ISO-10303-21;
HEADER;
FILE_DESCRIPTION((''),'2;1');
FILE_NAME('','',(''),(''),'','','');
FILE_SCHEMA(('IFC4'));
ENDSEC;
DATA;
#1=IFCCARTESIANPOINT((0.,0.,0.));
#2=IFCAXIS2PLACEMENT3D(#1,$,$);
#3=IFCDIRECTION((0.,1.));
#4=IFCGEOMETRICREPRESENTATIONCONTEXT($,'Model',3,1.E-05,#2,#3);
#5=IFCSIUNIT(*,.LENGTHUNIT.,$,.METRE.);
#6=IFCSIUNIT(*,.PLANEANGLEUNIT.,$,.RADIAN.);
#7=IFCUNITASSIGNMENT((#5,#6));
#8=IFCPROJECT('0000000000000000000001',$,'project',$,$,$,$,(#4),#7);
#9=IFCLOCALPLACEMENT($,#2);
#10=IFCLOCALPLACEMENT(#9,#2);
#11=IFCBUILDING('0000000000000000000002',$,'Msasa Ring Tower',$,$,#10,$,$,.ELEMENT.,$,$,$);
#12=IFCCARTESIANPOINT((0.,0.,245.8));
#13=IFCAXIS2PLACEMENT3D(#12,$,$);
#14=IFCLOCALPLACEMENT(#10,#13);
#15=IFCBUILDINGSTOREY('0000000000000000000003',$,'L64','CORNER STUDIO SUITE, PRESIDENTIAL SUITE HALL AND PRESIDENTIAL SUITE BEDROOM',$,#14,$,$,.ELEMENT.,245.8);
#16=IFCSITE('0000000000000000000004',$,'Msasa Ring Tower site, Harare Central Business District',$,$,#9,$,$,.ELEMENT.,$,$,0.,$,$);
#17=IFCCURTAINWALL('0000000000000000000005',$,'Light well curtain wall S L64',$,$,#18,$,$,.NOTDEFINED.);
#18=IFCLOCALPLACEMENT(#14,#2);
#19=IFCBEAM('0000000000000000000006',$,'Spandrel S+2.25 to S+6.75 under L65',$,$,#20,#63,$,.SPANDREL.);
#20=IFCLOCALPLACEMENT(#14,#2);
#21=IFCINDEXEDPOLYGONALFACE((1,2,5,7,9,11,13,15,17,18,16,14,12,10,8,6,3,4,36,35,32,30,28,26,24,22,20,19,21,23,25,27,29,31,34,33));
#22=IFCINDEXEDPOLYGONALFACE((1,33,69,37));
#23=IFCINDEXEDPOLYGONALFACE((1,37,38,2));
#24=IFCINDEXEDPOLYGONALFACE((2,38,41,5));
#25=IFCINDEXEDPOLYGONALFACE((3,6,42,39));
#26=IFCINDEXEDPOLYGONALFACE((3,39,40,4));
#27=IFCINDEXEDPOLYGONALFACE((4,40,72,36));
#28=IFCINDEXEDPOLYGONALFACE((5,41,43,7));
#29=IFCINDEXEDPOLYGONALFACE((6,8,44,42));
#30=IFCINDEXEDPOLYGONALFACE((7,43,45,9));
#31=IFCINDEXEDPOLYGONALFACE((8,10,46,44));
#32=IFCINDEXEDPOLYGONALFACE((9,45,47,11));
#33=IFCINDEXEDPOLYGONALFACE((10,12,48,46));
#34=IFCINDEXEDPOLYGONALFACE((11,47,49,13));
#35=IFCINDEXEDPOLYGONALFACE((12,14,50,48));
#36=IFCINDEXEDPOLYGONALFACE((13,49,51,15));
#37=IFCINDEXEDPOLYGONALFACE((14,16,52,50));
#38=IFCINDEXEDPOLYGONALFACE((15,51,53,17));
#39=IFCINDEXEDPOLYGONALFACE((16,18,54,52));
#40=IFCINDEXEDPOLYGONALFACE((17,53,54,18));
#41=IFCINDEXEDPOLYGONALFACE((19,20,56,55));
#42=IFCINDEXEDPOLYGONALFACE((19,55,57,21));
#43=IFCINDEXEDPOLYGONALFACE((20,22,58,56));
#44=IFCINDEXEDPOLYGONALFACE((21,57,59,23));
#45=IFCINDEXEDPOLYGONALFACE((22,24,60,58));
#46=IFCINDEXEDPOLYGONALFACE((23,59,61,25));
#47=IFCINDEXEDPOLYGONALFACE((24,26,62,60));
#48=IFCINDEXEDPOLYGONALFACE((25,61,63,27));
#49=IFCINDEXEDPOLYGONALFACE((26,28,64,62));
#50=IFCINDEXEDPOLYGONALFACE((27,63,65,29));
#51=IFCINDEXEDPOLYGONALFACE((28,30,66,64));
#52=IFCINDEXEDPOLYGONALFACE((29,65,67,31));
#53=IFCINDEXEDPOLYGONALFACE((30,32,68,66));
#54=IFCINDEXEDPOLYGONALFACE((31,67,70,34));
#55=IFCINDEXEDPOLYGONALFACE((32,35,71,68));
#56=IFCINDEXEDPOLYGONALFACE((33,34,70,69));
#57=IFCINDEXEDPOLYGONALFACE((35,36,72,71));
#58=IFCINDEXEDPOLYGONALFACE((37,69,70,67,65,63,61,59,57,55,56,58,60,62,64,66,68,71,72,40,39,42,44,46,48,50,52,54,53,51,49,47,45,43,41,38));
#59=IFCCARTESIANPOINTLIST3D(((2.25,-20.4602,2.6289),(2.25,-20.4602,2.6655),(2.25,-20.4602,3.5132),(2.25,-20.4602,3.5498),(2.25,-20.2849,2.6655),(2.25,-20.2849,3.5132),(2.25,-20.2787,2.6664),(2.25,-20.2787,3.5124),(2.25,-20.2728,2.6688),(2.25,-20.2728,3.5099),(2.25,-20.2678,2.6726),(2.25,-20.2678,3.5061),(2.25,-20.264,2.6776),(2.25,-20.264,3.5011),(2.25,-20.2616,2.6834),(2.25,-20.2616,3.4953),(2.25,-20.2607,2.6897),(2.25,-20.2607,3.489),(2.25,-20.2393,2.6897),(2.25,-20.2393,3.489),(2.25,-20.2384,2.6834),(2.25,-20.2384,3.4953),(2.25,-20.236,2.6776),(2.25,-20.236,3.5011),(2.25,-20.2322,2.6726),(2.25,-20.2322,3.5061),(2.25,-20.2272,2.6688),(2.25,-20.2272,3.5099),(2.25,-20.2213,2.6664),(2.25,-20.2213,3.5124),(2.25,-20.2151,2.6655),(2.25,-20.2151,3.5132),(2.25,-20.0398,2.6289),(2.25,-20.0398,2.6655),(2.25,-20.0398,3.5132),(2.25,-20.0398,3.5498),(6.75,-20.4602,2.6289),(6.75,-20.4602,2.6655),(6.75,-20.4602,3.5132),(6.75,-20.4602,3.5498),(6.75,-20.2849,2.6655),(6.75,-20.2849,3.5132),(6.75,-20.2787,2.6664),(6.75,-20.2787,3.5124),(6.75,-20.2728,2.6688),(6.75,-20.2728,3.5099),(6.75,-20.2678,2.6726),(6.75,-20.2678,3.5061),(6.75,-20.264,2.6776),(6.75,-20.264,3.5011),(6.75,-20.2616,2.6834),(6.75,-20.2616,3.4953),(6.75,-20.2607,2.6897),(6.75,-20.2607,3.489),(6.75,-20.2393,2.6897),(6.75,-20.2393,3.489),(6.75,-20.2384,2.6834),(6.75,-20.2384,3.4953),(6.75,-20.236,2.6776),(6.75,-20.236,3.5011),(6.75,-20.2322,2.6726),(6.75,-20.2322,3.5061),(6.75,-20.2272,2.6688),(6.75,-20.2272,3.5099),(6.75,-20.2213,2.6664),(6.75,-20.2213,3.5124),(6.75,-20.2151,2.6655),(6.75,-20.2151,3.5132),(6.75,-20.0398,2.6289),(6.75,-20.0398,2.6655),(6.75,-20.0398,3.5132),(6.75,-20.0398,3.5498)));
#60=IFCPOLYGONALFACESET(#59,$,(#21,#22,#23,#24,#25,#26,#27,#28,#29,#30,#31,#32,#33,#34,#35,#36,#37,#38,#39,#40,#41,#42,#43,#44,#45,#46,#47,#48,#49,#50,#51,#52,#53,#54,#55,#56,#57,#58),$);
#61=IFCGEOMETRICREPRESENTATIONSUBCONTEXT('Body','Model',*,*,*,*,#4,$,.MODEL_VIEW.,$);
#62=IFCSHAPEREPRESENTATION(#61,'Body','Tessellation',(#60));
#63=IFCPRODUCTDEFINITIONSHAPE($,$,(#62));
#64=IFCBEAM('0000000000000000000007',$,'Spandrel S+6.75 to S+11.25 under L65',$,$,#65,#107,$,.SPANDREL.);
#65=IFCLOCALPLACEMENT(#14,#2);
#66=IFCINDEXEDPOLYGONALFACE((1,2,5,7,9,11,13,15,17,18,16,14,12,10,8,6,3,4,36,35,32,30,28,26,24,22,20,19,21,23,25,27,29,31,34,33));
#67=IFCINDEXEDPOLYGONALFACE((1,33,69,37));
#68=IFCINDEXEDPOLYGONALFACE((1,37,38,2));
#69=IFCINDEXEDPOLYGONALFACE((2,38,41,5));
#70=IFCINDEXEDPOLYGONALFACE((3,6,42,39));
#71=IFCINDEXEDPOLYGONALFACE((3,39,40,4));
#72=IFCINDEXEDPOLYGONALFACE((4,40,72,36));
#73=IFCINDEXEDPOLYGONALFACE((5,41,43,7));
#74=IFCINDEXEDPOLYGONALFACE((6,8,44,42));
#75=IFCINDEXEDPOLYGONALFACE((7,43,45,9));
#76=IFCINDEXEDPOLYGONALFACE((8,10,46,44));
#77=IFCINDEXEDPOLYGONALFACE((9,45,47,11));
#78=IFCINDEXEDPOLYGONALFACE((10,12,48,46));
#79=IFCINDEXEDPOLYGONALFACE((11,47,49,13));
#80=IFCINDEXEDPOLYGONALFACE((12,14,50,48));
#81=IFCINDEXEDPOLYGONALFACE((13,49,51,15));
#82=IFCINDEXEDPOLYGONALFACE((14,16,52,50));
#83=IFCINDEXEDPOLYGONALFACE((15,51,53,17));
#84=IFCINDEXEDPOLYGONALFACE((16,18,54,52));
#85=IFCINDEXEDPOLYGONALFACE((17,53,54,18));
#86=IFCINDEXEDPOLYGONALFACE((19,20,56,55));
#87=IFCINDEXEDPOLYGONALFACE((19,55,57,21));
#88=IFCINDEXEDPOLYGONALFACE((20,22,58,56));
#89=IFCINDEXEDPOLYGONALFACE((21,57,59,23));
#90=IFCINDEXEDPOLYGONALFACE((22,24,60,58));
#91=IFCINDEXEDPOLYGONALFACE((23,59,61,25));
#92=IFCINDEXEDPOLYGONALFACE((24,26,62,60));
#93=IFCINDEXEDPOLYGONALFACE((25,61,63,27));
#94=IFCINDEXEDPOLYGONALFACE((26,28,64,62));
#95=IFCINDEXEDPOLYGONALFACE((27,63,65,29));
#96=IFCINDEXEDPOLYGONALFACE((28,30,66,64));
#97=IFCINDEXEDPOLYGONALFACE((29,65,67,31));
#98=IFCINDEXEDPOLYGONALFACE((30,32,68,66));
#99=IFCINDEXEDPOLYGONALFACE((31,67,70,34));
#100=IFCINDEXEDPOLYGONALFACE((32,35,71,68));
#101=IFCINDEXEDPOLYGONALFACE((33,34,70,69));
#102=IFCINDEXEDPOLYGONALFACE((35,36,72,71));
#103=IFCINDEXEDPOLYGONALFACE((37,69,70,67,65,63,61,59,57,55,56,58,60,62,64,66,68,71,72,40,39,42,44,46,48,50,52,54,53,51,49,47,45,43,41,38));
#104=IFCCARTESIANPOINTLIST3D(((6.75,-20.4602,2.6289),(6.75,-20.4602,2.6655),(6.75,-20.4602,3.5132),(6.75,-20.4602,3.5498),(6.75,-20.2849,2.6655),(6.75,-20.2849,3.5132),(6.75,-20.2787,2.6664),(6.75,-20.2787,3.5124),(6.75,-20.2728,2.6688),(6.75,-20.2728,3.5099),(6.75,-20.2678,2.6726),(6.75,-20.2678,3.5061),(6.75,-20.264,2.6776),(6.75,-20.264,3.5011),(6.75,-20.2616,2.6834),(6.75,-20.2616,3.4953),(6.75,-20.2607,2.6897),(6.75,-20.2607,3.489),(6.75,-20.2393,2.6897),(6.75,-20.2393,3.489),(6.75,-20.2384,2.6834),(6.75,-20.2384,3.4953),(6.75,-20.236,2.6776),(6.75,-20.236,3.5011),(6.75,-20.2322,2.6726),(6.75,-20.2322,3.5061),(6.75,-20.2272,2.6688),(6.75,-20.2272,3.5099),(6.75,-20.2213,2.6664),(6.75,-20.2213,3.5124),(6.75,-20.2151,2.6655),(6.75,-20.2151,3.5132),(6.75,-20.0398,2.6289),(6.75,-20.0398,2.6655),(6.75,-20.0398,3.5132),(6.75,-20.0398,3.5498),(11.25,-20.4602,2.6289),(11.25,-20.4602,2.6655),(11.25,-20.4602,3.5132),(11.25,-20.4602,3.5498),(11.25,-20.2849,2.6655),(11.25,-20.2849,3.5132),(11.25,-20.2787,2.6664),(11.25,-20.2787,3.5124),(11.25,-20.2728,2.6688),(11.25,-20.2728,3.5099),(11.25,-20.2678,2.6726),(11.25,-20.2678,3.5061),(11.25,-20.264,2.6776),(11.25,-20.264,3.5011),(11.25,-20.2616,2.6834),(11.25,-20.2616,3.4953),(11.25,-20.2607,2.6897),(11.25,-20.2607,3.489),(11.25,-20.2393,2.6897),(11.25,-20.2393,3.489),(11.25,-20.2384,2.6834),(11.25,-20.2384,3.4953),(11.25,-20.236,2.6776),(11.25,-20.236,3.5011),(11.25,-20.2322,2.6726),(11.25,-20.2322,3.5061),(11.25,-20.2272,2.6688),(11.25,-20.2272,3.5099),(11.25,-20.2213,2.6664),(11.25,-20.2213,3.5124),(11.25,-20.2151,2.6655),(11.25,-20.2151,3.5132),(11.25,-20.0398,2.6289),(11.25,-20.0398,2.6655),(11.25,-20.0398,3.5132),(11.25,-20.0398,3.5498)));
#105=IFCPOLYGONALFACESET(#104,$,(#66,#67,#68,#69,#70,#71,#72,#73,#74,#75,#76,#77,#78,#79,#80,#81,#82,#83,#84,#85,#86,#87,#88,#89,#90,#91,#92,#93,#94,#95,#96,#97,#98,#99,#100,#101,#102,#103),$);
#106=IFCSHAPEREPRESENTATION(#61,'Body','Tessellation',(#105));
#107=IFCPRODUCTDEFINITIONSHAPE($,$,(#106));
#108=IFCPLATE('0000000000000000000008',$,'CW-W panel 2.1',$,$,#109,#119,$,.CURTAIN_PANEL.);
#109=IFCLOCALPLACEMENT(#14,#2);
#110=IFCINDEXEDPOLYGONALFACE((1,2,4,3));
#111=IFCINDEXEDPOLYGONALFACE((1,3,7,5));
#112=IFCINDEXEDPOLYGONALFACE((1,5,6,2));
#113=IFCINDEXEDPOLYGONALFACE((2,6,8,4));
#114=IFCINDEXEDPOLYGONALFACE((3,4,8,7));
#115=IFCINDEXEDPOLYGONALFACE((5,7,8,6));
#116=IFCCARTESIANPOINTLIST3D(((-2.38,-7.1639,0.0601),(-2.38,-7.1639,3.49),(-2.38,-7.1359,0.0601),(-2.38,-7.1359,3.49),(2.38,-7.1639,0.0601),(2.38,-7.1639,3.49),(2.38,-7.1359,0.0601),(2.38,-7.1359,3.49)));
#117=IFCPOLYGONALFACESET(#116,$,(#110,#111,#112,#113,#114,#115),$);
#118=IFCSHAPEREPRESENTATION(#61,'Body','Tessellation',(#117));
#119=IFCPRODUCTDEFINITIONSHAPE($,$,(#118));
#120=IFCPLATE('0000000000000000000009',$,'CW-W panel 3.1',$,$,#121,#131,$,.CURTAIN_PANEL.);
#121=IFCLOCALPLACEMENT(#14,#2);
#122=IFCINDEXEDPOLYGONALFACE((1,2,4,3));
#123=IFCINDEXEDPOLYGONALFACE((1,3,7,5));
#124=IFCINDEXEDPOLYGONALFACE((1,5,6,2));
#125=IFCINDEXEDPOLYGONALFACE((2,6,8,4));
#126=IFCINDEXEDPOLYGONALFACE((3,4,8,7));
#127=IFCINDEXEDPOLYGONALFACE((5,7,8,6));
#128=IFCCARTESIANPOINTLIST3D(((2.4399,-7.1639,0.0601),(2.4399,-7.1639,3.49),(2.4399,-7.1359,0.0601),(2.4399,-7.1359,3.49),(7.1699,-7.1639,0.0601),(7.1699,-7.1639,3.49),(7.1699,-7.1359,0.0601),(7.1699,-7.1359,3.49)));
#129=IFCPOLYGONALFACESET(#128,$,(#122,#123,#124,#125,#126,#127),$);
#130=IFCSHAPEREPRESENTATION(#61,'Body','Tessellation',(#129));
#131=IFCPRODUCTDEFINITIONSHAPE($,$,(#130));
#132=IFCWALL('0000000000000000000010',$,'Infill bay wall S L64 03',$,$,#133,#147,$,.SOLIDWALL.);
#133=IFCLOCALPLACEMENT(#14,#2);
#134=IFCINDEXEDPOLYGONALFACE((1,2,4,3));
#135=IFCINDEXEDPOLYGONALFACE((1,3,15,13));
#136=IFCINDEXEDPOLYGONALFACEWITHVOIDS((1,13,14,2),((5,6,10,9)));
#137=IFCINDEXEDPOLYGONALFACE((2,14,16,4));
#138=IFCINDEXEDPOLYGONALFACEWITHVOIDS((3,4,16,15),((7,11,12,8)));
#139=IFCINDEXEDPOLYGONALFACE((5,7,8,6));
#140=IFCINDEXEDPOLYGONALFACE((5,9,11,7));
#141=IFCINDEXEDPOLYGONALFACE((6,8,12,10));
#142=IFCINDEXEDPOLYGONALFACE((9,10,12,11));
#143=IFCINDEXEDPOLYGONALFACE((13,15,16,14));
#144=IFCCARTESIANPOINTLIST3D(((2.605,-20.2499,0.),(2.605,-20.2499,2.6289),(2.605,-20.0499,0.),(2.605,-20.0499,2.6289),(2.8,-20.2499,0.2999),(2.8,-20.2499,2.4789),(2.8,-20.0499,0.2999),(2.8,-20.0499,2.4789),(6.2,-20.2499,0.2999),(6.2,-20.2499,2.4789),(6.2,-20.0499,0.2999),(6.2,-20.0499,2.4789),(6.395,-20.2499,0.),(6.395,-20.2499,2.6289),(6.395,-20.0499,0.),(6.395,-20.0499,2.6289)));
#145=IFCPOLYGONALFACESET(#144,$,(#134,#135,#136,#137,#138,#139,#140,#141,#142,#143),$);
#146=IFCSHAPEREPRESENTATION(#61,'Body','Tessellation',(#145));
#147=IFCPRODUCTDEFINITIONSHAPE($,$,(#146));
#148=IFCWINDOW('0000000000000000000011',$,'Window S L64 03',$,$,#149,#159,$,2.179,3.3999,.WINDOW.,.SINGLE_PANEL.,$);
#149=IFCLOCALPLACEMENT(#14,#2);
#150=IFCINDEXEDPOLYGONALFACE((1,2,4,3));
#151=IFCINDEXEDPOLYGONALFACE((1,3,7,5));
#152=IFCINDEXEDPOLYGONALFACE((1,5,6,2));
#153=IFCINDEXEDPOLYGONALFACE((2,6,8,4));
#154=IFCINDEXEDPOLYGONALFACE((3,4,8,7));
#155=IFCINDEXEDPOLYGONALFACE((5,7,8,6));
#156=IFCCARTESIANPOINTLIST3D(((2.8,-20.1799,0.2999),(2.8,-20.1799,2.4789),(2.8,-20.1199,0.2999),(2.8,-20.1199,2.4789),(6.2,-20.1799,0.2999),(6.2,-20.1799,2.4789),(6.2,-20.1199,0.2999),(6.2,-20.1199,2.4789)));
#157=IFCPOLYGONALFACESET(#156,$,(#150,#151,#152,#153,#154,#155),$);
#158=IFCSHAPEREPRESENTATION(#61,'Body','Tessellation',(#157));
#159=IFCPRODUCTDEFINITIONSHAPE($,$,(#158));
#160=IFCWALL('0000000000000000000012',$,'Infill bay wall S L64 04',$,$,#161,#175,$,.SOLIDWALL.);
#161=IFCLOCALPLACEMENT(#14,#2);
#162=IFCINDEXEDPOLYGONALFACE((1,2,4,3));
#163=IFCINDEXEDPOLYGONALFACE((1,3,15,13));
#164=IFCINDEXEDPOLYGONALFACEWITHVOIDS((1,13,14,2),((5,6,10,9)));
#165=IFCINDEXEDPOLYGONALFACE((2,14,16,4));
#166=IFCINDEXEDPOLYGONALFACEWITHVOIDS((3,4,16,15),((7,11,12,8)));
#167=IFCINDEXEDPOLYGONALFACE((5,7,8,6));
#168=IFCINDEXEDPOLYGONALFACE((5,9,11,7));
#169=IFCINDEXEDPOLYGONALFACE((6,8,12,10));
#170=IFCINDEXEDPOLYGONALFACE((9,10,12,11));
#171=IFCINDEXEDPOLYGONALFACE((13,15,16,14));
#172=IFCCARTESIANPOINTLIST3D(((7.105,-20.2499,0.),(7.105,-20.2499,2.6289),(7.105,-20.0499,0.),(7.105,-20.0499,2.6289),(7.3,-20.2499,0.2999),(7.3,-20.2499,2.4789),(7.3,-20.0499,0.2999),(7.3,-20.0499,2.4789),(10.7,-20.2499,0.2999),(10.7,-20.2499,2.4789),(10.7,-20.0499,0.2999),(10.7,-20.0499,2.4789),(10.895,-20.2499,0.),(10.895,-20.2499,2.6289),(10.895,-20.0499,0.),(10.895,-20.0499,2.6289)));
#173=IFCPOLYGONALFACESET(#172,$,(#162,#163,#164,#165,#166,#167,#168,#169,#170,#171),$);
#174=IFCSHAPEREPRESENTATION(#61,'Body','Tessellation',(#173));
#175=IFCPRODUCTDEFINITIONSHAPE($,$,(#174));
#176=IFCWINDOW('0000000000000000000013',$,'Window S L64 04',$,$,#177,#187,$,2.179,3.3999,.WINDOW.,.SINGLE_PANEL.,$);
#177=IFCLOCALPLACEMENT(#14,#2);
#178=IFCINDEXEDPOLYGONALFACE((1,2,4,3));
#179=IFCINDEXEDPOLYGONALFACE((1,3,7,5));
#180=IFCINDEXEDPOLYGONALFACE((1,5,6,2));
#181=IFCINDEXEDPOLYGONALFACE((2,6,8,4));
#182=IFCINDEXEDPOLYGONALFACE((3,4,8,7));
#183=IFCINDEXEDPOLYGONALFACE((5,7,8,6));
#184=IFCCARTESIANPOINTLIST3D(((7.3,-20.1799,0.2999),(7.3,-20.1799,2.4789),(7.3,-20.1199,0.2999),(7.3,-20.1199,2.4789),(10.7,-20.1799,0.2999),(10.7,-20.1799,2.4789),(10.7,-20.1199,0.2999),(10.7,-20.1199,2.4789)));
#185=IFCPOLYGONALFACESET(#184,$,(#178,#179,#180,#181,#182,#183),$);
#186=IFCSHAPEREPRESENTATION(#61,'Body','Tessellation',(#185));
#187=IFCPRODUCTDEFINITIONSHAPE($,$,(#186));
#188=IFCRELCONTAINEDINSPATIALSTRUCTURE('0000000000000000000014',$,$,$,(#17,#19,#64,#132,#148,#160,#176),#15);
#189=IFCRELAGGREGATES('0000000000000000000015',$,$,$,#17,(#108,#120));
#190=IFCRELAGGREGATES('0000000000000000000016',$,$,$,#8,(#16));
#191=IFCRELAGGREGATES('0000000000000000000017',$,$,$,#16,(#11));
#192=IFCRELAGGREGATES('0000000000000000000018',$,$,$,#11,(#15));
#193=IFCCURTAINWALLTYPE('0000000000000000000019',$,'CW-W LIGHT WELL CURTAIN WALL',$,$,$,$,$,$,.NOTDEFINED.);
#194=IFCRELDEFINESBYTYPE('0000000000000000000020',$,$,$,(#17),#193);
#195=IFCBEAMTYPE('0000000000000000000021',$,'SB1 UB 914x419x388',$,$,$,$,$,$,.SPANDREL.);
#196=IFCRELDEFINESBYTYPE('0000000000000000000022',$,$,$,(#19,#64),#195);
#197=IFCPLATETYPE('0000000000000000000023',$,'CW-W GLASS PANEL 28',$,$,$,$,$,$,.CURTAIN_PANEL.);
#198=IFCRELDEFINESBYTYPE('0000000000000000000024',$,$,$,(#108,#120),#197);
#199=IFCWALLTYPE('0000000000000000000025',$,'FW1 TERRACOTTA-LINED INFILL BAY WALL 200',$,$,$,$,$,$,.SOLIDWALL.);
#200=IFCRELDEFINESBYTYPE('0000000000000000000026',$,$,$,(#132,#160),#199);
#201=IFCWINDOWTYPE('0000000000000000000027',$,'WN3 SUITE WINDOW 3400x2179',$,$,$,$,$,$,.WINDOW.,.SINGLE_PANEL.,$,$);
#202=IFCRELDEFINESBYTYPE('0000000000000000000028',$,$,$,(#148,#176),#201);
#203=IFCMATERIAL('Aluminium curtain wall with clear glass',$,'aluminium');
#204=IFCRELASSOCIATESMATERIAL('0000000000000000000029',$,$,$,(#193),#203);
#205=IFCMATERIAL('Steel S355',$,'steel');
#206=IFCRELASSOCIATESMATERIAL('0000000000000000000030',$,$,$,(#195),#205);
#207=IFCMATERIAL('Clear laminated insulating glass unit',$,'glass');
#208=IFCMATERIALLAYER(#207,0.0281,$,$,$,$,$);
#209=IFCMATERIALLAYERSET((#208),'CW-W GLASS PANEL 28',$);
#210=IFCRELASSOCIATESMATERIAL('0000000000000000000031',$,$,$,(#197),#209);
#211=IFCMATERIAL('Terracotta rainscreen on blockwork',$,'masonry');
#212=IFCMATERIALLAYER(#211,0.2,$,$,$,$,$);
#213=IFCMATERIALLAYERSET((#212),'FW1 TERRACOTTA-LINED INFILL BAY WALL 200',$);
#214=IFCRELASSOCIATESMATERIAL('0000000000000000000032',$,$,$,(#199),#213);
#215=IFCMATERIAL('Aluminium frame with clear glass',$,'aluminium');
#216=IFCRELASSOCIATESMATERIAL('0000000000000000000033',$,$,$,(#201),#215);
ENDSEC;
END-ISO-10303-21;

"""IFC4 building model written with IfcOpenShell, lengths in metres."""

from ifc_helpers import new_model, si_unit, direction, frame, frame_2d, origin, origin_2d, place, context, subcontext, project, spatial, rectangle, i_section, extrude, material, layer, layer_set, material_profile, profile_set, type_object, element, fill, aggregate, save


model = new_model("IFC4")

# Units and contexts
model_context = context("Model", 3, precision=1e-05, world=origin(), true_north=direction((0.0, 1.0)))
body_context = subcontext(model_context, "Body", "Model", "MODEL_VIEW")
ifc_project = project(units=[si_unit("LENGTHUNIT", "METRE"), si_unit("PLANEANGLEUNIT", "RADIAN")], contexts=[model_context])

# Site, building, storey
site_placement = place(None, origin())
site = spatial("IfcSite", under=ifc_project, at=site_placement, Name="Msasa Ring Tower site, Harare Central Business District", CompositionType="ELEMENT", RefElevation=0.0)
building_placement = place(site_placement, origin())
building = spatial("IfcBuilding", under=site, at=building_placement, Name="Msasa Ring Tower", CompositionType="ELEMENT")
storey_placement = place(building_placement, frame((0.0, 0.0, 245.8)))
storey = spatial("IfcBuildingStorey", under=building, at=storey_placement, Name="L64", Description="CORNER STUDIO SUITE, PRESIDENTIAL SUITE HALL AND PRESIDENTIAL SUITE BEDROOM", CompositionType="ELEMENT", Elevation=245.8)

# Curtain wall
ifc_material_1 = material(Name="Aluminium curtain wall with clear glass", Category="aluminium")
curtain_wall_type = type_object("IfcCurtainWallType", Name="CW-W LIGHT WELL CURTAIN WALL", PredefinedType="NOTDEFINED", material=ifc_material_1)
curtain_wall_1_placement = place(storey_placement, origin())
curtain_wall_1 = element("IfcCurtainWall", 1, at=curtain_wall_1_placement, inside=storey, type_object=curtain_wall_type, Name="Light well curtain wall S L64", PredefinedType="NOTDEFINED")

# Beams
ifc_material_2 = material(Name="Steel S355", Category="steel")
ifc_material_profile_1 = material_profile(ifc_material_2, i_section(OverallWidth=0.4204, OverallDepth=0.9209, WebThickness=0.0215, FlangeThickness=0.0366, FilletRadius=0.0242, at=origin_2d()), Name="UB 914x419x388")
ifc_profile_set_1 = profile_set([ifc_material_profile_1], Name="Steel S355")
beam_type_1 = type_object("IfcBeamType", Name="SB1 UB 914x419x388", PredefinedType="SPANDREL", material=ifc_profile_set_1)
for number, where, z_axis, x_axis, name in (
    (2, (2.25, -20.25, 3.0894), (1.0, 0.0, 0.0), (0.0, 1.0, 0.0), "Spandrel S+2.25 to S+6.75 under L65"),
    (3, (6.75, -20.25, 3.0894), (1.0, 0.0, 0.0), (0.0, 1.0, 0.0), "Spandrel S+6.75 to S+11.25 under L65"),
):
    element("IfcBeam", number, at=place(storey_placement, frame(where, z_axis=z_axis, x_axis=x_axis)), inside=storey, type_object=beam_type_1, Name=name, PredefinedType="SPANDREL", context=body_context, shape_type="SweptSolid", body=[
        extrude(i_section(OverallWidth=0.4204, OverallDepth=0.9209, WebThickness=0.0215, FlangeThickness=0.0366, FilletRadius=0.0242, at=origin_2d()), origin(), (0.0, 0.0, 1.0), 4.5),
    ])

# Plates
ifc_material_3 = material(Name="Clear laminated insulating glass unit", Category="glass")
ifc_layer_1 = layer(ifc_material_3, 0.0281)
ifc_layer_set_1 = layer_set([ifc_layer_1], Name="CW-W GLASS PANEL 28")
plate_type = type_object("IfcPlateType", Name="CW-W GLASS PANEL 28", PredefinedType="CURTAIN_PANEL", material=ifc_layer_set_1)
plate_1_placement = place(storey_placement, frame((0.0, -7.1499, 0.0601), z_axis=(0.0, 0.0, 1.0), x_axis=(1.0, 0.0, 0.0)))
plate_1 = element("IfcPlate", 4, at=plate_1_placement, type_object=plate_type, Name="CW-W panel 2.1", PredefinedType="CURTAIN_PANEL", context=body_context, shape_type="SweptSolid", body=[
    extrude(rectangle(XDim=4.76, YDim=0.0281, at=origin_2d()), origin(), (0.0, 0.0, 1.0), 3.4299),
])
plate_2_placement = place(storey_placement, frame((4.8049, -7.1499, 0.0601), z_axis=(0.0, 0.0, 1.0), x_axis=(1.0, 0.0, 0.0)))
plate_2 = element("IfcPlate", 5, at=plate_2_placement, type_object=plate_type, Name="CW-W panel 3.1", PredefinedType="CURTAIN_PANEL", context=body_context, shape_type="SweptSolid", body=[
    extrude(rectangle(XDim=4.73, YDim=0.0281, at=origin_2d()), origin(), (0.0, 0.0, 1.0), 3.4299),
])
aggregate(curtain_wall_1, [plate_1, plate_2])

# Walls, openings, windows
ifc_material_4 = material(Name="Terracotta rainscreen on blockwork", Category="masonry")
ifc_layer_2 = layer(ifc_material_4, 0.2)
ifc_layer_set_2 = layer_set([ifc_layer_2], Name="FW1 TERRACOTTA-LINED INFILL BAY WALL 200")
wall_type_1 = type_object("IfcWallType", Name="FW1 TERRACOTTA-LINED INFILL BAY WALL 200", PredefinedType="SOLIDWALL", material=ifc_layer_set_2)
wall_1_placement = place(storey_placement, frame((2.605, -20.1499, 0.0), z_axis=(0.0, 0.0, 1.0), x_axis=(1.0, 0.0, 0.0)))
wall_1 = element("IfcWall", 6, at=wall_1_placement, inside=storey, type_object=wall_type_1, Name="Infill bay wall S L64 03", PredefinedType="SOLIDWALL", context=body_context, shape_type="SweptSolid", body=[
    extrude(rectangle(XDim=3.79, YDim=0.2, at=frame_2d((1.895, 0.0))), origin(), (0.0, 0.0, 1.0), 2.6289),
])
opening_1_placement = place(wall_1_placement, frame((0.1951, 0.0, 0.3)))
opening_1 = element("IfcOpeningElement", 7, at=opening_1_placement, cuts=wall_1, PredefinedType="OPENING", context=body_context, shape_type="SweptSolid", body=[
    extrude(rectangle(XDim=3.3999, YDim=2.179, at=frame_2d((1.7, 1.0894))), frame((0.0, 0.1099, 0.0), z_axis=(0.0, -1.0, 0.0), x_axis=(1.0, 0.0, 0.0)), (0.0, 0.0, 1.0), 0.22),
])
ifc_material_5 = material(Name="Aluminium frame with clear glass", Category="aluminium")
window_type = type_object("IfcWindowType", Name="WN3 SUITE WINDOW 3400x2179", PartitioningType="SINGLE_PANEL", PredefinedType="WINDOW", material=ifc_material_5)
window_1_placement = place(opening_1_placement, origin())
window_1 = element("IfcWindow", 8, at=window_1_placement, inside=storey, type_object=window_type, Name="Window S L64 03", OverallHeight=2.179, OverallWidth=3.3999, PartitioningType="SINGLE_PANEL", PredefinedType="WINDOW", context=body_context, shape_type="SweptSolid", body=[
    extrude(rectangle(XDim=3.3999, YDim=2.179, at=frame_2d((1.7, 1.0894))), frame((0.0, 0.03, 0.0), z_axis=(0.0, -1.0, 0.0), x_axis=(1.0, 0.0, 0.0)), (0.0, 0.0, 1.0), 0.0601),
])
fill(opening_1, window_1)
wall_2_placement = place(storey_placement, frame((7.105, -20.1499, 0.0), z_axis=(0.0, 0.0, 1.0), x_axis=(1.0, 0.0, 0.0)))
wall_2 = element("IfcWall", 9, at=wall_2_placement, inside=storey, type_object=wall_type_1, Name="Infill bay wall S L64 04", PredefinedType="SOLIDWALL", context=body_context, shape_type="SweptSolid", body=[
    extrude(rectangle(XDim=3.79, YDim=0.2, at=frame_2d((1.895, 0.0))), origin(), (0.0, 0.0, 1.0), 2.6289),
])
opening_2_placement = place(wall_2_placement, frame((0.1951, 0.0, 0.3)))
opening_2 = element("IfcOpeningElement", 10, at=opening_2_placement, cuts=wall_2, PredefinedType="OPENING", context=body_context, shape_type="SweptSolid", body=[
    extrude(rectangle(XDim=3.3999, YDim=2.179, at=frame_2d((1.7, 1.0894))), frame((0.0, 0.1099, 0.0), z_axis=(0.0, -1.0, 0.0), x_axis=(1.0, 0.0, 0.0)), (0.0, 0.0, 1.0), 0.22),
])
window_2_placement = place(opening_2_placement, origin())
window_2 = element("IfcWindow", 11, at=window_2_placement, inside=storey, type_object=window_type, Name="Window S L64 04", OverallHeight=2.179, OverallWidth=3.3999, PartitioningType="SINGLE_PANEL", PredefinedType="WINDOW", context=body_context, shape_type="SweptSolid", body=[
    extrude(rectangle(XDim=3.3999, YDim=2.179, at=frame_2d((1.7, 1.0894))), frame((0.0, 0.03, 0.0), z_axis=(0.0, -1.0, 0.0), x_axis=(1.0, 0.0, 0.0)), (0.0, 0.0, 1.0), 0.0601),
])
fill(opening_2, window_2)

save(model, "model.ifc")
